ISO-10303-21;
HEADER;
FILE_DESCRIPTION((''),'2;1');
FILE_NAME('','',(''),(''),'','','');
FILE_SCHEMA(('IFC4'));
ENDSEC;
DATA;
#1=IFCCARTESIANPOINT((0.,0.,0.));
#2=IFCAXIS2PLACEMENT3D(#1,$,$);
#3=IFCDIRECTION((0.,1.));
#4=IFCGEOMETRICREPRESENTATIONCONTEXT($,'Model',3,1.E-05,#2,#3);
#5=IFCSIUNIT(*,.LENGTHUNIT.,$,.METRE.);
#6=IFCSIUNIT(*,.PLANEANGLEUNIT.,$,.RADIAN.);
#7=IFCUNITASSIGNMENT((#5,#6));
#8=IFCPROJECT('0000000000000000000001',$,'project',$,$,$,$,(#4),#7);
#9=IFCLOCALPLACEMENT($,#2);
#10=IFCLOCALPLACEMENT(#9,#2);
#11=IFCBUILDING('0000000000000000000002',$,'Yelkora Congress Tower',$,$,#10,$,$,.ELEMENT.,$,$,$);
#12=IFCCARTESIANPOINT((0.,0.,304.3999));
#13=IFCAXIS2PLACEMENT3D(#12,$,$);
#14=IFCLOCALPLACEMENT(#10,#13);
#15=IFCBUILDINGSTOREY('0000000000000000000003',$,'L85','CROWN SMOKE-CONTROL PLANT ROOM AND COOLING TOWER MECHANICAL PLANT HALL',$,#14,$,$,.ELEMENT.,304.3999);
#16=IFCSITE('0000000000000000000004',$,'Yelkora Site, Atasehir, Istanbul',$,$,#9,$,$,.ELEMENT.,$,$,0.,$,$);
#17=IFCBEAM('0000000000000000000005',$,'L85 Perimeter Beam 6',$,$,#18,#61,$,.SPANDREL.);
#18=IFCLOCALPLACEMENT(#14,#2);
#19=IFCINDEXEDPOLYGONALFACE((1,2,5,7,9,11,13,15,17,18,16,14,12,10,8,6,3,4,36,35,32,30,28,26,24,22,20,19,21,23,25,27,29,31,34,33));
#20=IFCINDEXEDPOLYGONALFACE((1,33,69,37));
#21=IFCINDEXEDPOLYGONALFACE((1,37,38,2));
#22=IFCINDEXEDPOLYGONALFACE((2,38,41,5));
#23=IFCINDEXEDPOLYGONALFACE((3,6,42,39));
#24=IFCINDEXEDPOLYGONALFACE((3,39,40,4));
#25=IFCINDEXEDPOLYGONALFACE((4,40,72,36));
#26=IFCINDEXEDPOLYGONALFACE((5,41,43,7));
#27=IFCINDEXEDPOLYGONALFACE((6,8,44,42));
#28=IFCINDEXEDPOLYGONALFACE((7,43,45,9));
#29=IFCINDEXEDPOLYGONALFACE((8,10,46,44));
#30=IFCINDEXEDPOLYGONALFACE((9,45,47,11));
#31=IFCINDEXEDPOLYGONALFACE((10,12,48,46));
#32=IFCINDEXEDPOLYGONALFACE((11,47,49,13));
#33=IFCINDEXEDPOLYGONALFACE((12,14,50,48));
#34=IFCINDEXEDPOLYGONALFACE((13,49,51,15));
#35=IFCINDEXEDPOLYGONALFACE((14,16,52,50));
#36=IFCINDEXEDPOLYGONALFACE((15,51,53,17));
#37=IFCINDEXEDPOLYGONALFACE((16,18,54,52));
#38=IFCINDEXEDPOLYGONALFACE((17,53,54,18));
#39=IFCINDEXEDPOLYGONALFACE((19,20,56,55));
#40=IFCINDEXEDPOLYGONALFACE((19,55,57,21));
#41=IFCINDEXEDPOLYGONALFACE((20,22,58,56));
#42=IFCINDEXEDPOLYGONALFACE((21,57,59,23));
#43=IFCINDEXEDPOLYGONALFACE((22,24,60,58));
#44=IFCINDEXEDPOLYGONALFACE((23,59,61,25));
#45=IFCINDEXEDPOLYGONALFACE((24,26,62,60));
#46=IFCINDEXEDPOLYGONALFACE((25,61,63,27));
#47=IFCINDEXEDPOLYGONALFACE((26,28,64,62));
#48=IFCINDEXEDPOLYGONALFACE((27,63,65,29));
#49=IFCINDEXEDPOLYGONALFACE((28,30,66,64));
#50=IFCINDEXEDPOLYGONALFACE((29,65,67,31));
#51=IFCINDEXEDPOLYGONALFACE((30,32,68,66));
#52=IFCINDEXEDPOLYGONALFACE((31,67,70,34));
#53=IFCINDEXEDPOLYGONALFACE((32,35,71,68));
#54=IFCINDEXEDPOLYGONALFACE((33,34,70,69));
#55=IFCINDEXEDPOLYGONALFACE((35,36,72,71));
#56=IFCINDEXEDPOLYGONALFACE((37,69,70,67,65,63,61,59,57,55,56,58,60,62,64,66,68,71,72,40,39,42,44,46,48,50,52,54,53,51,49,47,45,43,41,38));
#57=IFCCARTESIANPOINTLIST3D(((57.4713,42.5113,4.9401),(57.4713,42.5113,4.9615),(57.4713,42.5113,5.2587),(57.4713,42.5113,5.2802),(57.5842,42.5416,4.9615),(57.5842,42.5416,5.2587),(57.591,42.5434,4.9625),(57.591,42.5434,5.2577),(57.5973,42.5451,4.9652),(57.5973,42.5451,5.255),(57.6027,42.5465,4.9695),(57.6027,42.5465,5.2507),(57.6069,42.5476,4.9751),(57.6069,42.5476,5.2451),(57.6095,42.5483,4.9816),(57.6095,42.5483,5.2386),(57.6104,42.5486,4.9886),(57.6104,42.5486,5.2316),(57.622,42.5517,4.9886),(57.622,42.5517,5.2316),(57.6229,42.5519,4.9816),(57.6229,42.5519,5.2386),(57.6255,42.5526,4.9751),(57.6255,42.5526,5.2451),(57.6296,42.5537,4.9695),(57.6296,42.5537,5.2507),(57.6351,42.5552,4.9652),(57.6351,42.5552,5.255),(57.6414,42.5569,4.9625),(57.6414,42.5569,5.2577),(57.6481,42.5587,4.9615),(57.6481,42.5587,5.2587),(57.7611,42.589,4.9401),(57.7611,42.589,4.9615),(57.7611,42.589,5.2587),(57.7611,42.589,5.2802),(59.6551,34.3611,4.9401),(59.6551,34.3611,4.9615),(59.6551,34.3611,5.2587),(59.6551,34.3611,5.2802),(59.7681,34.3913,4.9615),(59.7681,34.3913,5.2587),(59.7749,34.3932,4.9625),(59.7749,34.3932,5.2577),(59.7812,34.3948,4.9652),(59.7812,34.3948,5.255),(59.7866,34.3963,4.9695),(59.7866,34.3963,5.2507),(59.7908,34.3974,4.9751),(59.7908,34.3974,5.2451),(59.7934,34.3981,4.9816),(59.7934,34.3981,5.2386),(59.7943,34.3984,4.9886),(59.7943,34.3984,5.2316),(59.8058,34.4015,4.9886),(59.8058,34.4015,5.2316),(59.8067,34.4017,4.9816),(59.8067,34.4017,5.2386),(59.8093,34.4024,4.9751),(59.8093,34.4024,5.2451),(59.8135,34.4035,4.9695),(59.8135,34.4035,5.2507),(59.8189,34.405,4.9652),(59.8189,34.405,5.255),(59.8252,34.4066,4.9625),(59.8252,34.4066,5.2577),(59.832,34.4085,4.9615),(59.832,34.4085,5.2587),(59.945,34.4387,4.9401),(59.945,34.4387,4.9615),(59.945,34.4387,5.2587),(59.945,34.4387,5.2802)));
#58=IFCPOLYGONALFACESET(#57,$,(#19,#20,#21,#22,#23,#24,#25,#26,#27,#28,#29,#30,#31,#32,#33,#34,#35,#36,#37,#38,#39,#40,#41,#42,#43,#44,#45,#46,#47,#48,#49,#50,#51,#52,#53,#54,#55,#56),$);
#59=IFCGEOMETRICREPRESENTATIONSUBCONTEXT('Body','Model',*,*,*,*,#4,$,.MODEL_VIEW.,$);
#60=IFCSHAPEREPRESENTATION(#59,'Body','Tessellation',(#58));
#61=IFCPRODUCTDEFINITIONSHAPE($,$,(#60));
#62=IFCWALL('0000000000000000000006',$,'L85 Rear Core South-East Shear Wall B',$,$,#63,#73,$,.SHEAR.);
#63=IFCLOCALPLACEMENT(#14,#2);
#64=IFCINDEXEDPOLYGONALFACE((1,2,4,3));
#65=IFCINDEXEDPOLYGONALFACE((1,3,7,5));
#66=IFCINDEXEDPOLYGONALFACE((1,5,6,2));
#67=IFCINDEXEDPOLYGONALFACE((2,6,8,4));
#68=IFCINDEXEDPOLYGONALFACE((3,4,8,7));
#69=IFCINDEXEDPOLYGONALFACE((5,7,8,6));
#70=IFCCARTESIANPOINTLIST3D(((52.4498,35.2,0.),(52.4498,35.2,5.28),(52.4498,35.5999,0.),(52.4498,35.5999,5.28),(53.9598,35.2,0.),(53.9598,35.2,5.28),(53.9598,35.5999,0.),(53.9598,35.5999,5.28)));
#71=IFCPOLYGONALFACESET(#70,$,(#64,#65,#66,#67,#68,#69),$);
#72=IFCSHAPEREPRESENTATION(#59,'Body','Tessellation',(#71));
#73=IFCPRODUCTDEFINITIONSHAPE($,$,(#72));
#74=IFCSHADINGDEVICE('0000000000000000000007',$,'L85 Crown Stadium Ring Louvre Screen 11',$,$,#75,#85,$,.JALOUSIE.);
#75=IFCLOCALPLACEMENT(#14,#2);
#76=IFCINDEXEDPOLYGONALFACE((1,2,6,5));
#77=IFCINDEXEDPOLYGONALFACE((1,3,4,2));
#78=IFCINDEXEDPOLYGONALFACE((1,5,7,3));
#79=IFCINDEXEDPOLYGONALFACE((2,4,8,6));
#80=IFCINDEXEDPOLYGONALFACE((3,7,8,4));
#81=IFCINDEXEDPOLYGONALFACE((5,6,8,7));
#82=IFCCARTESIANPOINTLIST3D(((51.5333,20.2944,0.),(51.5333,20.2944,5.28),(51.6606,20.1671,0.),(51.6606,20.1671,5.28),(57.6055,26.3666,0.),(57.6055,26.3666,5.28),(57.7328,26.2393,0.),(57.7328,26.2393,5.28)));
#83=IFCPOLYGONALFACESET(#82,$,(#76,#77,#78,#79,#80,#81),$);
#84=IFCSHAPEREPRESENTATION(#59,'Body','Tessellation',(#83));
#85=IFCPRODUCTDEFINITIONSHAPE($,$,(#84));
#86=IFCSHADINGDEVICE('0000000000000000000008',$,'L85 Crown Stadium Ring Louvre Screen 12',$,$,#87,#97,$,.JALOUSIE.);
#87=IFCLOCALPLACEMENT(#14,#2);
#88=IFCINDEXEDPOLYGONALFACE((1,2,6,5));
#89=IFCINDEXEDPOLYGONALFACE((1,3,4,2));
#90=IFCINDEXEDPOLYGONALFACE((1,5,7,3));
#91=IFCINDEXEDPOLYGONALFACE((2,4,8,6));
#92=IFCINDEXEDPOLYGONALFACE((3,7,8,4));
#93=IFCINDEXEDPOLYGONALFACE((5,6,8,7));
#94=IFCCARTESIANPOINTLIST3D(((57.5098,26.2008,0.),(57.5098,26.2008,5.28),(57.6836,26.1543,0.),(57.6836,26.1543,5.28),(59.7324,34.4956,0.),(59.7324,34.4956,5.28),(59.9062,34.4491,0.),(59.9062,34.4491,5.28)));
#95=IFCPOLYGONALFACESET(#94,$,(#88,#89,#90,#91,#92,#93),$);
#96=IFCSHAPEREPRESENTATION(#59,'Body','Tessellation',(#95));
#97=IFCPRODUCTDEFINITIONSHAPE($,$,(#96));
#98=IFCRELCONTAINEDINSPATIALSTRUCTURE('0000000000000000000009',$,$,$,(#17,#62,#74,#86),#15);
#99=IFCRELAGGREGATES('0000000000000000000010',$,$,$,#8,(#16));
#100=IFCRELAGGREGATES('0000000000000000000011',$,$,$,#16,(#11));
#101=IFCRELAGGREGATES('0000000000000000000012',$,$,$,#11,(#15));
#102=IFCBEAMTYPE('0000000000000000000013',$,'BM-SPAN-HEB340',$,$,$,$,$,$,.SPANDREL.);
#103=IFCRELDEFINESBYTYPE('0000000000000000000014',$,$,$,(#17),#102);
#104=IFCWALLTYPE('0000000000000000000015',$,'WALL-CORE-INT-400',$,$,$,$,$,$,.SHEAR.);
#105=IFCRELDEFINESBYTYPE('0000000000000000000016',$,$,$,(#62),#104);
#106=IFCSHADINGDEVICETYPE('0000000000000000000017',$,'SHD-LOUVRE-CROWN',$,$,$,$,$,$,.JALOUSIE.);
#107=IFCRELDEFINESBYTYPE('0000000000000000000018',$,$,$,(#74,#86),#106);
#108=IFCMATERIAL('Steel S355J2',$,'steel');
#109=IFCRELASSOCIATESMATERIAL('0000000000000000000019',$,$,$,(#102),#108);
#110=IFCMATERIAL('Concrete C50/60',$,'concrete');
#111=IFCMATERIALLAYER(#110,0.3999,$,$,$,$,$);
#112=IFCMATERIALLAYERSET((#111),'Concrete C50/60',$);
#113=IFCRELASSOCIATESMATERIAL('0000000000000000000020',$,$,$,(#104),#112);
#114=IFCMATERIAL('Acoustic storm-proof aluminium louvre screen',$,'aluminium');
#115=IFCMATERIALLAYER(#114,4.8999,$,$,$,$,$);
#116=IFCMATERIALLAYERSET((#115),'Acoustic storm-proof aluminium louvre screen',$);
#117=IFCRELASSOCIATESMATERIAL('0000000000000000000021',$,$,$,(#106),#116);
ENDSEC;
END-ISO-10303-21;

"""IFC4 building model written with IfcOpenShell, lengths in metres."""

from ifc_helpers import new_model, si_unit, direction, frame, frame_2d, origin, origin_2d, place, context, subcontext, project, spatial, rectangle, i_section, extrude, material, layer, layer_set, material_profile, profile_set, type_object, element, save


model = new_model("IFC4")

# Units and contexts
model_context = context("Model", 3, precision=1e-05, world=origin(), true_north=direction((0.0, 1.0)))
body_context = subcontext(model_context, "Body", "Model", "MODEL_VIEW")
ifc_project = project(units=[si_unit("LENGTHUNIT", "METRE"), si_unit("PLANEANGLEUNIT", "RADIAN")], contexts=[model_context])

# Site, building, storey
site_placement = place(None, origin())
site = spatial("IfcSite", under=ifc_project, at=site_placement, Name="Yelkora Site, Atasehir, Istanbul", CompositionType="ELEMENT", RefElevation=0.0)
building_placement = place(site_placement, origin())
building = spatial("IfcBuilding", under=site, at=building_placement, Name="Yelkora Congress Tower", CompositionType="ELEMENT")
storey_placement = place(building_placement, frame((0.0, 0.0, 304.3999)))
storey = spatial("IfcBuildingStorey", under=building, at=storey_placement, Name="L85", Description="CROWN SMOKE-CONTROL PLANT ROOM AND COOLING TOWER MECHANICAL PLANT HALL", CompositionType="ELEMENT", Elevation=304.3999)

# Shared definitions
ifc_material_1 = material(Name="Steel S355J2", Category="steel")

# Beam
ifc_material_profile_1 = material_profile(ifc_material_1, i_section(OverallWidth=0.3, OverallDepth=0.3401, WebThickness=0.012, FlangeThickness=0.0215, FilletRadius=0.0271, at=origin_2d()), Name="HEB 340")
ifc_profile_set_1 = profile_set([ifc_material_profile_1], Name="Steel S355J2")
beam_type_1 = type_object("IfcBeamType", Name="BM-SPAN-HEB340", PredefinedType="SPANDREL", material=ifc_profile_set_1)
beam_1_placement = place(storey_placement, frame((59.8, 34.3999, 5.1101), z_axis=(-0.25882, 0.965925, 0.0), x_axis=(-0.965925, -0.25882, 0.0)))
element("IfcBeam", 1, at=beam_1_placement, inside=storey, type_object=beam_type_1, Name="L85 Perimeter Beam 6", PredefinedType="SPANDREL", context=body_context, shape_type="SweptSolid", body=[
    extrude(i_section(OverallWidth=0.3, OverallDepth=0.3401, WebThickness=0.012, FlangeThickness=0.0215, FilletRadius=0.0271, at=origin_2d()), origin(), (0.0, 0.0, 1.0), 8.4377),
])

# Wall
ifc_material_2 = material(Name="Concrete C50/60", Category="concrete")
ifc_layer_1 = layer(ifc_material_2, 0.3999)
ifc_layer_set_1 = layer_set([ifc_layer_1], Name="Concrete C50/60")
wall_type_1 = type_object("IfcWallType", Name="WALL-CORE-INT-400", PredefinedType="SHEAR", material=ifc_layer_set_1)
wall_1_placement = place(storey_placement, frame((52.45, 35.3999, 0.0), z_axis=(0.0, 0.0, 1.0), x_axis=(1.0, 0.0, 0.0)))
element("IfcWall", 2, at=wall_1_placement, inside=storey, type_object=wall_type_1, Name="L85 Rear Core South-East Shear Wall B", PredefinedType="SHEAR", context=body_context, shape_type="SweptSolid", body=[
    extrude(rectangle(XDim=1.51, YDim=0.3999, at=frame_2d((0.7549, 0.0))), origin(), (0.0, 0.0, 1.0), 5.28),
])

# Shading devices
ifc_material_3 = material(Name="Acoustic storm-proof aluminium louvre screen", Category="aluminium")
ifc_layer_2 = layer(ifc_material_3, 4.8999)
ifc_layer_set_2 = layer_set([ifc_layer_2], Name="Acoustic storm-proof aluminium louvre screen")
shading_device_type = type_object("IfcShadingDeviceType", Name="SHD-LOUVRE-CROWN", PredefinedType="JALOUSIE", material=ifc_layer_set_2)
for number, where, z_axis, x_axis, name in (
    (3, (54.6331, 23.2668, 0.0), (0.0, 0.0, 1.0), (0.707107, 0.707107, 0.0), "L85 Crown Stadium Ring Louvre Screen 11"),
    (4, (58.708, 30.325, 0.0), (0.0, 0.0, 1.0), (0.258819, 0.965926, 0.0), "L85 Crown Stadium Ring Louvre Screen 12"),
):
    element("IfcShadingDevice", number, at=place(storey_placement, frame(where, z_axis=z_axis, x_axis=x_axis)), inside=storey, type_object=shading_device_type, Name=name, PredefinedType="JALOUSIE", context=body_context, shape_type="SweptSolid", body=[
        extrude(rectangle(XDim=8.5874, YDim=0.1799, at=origin_2d()), origin(), (0.0, 0.0, 1.0), 5.28),
    ])

save(model, "model.ifc")
